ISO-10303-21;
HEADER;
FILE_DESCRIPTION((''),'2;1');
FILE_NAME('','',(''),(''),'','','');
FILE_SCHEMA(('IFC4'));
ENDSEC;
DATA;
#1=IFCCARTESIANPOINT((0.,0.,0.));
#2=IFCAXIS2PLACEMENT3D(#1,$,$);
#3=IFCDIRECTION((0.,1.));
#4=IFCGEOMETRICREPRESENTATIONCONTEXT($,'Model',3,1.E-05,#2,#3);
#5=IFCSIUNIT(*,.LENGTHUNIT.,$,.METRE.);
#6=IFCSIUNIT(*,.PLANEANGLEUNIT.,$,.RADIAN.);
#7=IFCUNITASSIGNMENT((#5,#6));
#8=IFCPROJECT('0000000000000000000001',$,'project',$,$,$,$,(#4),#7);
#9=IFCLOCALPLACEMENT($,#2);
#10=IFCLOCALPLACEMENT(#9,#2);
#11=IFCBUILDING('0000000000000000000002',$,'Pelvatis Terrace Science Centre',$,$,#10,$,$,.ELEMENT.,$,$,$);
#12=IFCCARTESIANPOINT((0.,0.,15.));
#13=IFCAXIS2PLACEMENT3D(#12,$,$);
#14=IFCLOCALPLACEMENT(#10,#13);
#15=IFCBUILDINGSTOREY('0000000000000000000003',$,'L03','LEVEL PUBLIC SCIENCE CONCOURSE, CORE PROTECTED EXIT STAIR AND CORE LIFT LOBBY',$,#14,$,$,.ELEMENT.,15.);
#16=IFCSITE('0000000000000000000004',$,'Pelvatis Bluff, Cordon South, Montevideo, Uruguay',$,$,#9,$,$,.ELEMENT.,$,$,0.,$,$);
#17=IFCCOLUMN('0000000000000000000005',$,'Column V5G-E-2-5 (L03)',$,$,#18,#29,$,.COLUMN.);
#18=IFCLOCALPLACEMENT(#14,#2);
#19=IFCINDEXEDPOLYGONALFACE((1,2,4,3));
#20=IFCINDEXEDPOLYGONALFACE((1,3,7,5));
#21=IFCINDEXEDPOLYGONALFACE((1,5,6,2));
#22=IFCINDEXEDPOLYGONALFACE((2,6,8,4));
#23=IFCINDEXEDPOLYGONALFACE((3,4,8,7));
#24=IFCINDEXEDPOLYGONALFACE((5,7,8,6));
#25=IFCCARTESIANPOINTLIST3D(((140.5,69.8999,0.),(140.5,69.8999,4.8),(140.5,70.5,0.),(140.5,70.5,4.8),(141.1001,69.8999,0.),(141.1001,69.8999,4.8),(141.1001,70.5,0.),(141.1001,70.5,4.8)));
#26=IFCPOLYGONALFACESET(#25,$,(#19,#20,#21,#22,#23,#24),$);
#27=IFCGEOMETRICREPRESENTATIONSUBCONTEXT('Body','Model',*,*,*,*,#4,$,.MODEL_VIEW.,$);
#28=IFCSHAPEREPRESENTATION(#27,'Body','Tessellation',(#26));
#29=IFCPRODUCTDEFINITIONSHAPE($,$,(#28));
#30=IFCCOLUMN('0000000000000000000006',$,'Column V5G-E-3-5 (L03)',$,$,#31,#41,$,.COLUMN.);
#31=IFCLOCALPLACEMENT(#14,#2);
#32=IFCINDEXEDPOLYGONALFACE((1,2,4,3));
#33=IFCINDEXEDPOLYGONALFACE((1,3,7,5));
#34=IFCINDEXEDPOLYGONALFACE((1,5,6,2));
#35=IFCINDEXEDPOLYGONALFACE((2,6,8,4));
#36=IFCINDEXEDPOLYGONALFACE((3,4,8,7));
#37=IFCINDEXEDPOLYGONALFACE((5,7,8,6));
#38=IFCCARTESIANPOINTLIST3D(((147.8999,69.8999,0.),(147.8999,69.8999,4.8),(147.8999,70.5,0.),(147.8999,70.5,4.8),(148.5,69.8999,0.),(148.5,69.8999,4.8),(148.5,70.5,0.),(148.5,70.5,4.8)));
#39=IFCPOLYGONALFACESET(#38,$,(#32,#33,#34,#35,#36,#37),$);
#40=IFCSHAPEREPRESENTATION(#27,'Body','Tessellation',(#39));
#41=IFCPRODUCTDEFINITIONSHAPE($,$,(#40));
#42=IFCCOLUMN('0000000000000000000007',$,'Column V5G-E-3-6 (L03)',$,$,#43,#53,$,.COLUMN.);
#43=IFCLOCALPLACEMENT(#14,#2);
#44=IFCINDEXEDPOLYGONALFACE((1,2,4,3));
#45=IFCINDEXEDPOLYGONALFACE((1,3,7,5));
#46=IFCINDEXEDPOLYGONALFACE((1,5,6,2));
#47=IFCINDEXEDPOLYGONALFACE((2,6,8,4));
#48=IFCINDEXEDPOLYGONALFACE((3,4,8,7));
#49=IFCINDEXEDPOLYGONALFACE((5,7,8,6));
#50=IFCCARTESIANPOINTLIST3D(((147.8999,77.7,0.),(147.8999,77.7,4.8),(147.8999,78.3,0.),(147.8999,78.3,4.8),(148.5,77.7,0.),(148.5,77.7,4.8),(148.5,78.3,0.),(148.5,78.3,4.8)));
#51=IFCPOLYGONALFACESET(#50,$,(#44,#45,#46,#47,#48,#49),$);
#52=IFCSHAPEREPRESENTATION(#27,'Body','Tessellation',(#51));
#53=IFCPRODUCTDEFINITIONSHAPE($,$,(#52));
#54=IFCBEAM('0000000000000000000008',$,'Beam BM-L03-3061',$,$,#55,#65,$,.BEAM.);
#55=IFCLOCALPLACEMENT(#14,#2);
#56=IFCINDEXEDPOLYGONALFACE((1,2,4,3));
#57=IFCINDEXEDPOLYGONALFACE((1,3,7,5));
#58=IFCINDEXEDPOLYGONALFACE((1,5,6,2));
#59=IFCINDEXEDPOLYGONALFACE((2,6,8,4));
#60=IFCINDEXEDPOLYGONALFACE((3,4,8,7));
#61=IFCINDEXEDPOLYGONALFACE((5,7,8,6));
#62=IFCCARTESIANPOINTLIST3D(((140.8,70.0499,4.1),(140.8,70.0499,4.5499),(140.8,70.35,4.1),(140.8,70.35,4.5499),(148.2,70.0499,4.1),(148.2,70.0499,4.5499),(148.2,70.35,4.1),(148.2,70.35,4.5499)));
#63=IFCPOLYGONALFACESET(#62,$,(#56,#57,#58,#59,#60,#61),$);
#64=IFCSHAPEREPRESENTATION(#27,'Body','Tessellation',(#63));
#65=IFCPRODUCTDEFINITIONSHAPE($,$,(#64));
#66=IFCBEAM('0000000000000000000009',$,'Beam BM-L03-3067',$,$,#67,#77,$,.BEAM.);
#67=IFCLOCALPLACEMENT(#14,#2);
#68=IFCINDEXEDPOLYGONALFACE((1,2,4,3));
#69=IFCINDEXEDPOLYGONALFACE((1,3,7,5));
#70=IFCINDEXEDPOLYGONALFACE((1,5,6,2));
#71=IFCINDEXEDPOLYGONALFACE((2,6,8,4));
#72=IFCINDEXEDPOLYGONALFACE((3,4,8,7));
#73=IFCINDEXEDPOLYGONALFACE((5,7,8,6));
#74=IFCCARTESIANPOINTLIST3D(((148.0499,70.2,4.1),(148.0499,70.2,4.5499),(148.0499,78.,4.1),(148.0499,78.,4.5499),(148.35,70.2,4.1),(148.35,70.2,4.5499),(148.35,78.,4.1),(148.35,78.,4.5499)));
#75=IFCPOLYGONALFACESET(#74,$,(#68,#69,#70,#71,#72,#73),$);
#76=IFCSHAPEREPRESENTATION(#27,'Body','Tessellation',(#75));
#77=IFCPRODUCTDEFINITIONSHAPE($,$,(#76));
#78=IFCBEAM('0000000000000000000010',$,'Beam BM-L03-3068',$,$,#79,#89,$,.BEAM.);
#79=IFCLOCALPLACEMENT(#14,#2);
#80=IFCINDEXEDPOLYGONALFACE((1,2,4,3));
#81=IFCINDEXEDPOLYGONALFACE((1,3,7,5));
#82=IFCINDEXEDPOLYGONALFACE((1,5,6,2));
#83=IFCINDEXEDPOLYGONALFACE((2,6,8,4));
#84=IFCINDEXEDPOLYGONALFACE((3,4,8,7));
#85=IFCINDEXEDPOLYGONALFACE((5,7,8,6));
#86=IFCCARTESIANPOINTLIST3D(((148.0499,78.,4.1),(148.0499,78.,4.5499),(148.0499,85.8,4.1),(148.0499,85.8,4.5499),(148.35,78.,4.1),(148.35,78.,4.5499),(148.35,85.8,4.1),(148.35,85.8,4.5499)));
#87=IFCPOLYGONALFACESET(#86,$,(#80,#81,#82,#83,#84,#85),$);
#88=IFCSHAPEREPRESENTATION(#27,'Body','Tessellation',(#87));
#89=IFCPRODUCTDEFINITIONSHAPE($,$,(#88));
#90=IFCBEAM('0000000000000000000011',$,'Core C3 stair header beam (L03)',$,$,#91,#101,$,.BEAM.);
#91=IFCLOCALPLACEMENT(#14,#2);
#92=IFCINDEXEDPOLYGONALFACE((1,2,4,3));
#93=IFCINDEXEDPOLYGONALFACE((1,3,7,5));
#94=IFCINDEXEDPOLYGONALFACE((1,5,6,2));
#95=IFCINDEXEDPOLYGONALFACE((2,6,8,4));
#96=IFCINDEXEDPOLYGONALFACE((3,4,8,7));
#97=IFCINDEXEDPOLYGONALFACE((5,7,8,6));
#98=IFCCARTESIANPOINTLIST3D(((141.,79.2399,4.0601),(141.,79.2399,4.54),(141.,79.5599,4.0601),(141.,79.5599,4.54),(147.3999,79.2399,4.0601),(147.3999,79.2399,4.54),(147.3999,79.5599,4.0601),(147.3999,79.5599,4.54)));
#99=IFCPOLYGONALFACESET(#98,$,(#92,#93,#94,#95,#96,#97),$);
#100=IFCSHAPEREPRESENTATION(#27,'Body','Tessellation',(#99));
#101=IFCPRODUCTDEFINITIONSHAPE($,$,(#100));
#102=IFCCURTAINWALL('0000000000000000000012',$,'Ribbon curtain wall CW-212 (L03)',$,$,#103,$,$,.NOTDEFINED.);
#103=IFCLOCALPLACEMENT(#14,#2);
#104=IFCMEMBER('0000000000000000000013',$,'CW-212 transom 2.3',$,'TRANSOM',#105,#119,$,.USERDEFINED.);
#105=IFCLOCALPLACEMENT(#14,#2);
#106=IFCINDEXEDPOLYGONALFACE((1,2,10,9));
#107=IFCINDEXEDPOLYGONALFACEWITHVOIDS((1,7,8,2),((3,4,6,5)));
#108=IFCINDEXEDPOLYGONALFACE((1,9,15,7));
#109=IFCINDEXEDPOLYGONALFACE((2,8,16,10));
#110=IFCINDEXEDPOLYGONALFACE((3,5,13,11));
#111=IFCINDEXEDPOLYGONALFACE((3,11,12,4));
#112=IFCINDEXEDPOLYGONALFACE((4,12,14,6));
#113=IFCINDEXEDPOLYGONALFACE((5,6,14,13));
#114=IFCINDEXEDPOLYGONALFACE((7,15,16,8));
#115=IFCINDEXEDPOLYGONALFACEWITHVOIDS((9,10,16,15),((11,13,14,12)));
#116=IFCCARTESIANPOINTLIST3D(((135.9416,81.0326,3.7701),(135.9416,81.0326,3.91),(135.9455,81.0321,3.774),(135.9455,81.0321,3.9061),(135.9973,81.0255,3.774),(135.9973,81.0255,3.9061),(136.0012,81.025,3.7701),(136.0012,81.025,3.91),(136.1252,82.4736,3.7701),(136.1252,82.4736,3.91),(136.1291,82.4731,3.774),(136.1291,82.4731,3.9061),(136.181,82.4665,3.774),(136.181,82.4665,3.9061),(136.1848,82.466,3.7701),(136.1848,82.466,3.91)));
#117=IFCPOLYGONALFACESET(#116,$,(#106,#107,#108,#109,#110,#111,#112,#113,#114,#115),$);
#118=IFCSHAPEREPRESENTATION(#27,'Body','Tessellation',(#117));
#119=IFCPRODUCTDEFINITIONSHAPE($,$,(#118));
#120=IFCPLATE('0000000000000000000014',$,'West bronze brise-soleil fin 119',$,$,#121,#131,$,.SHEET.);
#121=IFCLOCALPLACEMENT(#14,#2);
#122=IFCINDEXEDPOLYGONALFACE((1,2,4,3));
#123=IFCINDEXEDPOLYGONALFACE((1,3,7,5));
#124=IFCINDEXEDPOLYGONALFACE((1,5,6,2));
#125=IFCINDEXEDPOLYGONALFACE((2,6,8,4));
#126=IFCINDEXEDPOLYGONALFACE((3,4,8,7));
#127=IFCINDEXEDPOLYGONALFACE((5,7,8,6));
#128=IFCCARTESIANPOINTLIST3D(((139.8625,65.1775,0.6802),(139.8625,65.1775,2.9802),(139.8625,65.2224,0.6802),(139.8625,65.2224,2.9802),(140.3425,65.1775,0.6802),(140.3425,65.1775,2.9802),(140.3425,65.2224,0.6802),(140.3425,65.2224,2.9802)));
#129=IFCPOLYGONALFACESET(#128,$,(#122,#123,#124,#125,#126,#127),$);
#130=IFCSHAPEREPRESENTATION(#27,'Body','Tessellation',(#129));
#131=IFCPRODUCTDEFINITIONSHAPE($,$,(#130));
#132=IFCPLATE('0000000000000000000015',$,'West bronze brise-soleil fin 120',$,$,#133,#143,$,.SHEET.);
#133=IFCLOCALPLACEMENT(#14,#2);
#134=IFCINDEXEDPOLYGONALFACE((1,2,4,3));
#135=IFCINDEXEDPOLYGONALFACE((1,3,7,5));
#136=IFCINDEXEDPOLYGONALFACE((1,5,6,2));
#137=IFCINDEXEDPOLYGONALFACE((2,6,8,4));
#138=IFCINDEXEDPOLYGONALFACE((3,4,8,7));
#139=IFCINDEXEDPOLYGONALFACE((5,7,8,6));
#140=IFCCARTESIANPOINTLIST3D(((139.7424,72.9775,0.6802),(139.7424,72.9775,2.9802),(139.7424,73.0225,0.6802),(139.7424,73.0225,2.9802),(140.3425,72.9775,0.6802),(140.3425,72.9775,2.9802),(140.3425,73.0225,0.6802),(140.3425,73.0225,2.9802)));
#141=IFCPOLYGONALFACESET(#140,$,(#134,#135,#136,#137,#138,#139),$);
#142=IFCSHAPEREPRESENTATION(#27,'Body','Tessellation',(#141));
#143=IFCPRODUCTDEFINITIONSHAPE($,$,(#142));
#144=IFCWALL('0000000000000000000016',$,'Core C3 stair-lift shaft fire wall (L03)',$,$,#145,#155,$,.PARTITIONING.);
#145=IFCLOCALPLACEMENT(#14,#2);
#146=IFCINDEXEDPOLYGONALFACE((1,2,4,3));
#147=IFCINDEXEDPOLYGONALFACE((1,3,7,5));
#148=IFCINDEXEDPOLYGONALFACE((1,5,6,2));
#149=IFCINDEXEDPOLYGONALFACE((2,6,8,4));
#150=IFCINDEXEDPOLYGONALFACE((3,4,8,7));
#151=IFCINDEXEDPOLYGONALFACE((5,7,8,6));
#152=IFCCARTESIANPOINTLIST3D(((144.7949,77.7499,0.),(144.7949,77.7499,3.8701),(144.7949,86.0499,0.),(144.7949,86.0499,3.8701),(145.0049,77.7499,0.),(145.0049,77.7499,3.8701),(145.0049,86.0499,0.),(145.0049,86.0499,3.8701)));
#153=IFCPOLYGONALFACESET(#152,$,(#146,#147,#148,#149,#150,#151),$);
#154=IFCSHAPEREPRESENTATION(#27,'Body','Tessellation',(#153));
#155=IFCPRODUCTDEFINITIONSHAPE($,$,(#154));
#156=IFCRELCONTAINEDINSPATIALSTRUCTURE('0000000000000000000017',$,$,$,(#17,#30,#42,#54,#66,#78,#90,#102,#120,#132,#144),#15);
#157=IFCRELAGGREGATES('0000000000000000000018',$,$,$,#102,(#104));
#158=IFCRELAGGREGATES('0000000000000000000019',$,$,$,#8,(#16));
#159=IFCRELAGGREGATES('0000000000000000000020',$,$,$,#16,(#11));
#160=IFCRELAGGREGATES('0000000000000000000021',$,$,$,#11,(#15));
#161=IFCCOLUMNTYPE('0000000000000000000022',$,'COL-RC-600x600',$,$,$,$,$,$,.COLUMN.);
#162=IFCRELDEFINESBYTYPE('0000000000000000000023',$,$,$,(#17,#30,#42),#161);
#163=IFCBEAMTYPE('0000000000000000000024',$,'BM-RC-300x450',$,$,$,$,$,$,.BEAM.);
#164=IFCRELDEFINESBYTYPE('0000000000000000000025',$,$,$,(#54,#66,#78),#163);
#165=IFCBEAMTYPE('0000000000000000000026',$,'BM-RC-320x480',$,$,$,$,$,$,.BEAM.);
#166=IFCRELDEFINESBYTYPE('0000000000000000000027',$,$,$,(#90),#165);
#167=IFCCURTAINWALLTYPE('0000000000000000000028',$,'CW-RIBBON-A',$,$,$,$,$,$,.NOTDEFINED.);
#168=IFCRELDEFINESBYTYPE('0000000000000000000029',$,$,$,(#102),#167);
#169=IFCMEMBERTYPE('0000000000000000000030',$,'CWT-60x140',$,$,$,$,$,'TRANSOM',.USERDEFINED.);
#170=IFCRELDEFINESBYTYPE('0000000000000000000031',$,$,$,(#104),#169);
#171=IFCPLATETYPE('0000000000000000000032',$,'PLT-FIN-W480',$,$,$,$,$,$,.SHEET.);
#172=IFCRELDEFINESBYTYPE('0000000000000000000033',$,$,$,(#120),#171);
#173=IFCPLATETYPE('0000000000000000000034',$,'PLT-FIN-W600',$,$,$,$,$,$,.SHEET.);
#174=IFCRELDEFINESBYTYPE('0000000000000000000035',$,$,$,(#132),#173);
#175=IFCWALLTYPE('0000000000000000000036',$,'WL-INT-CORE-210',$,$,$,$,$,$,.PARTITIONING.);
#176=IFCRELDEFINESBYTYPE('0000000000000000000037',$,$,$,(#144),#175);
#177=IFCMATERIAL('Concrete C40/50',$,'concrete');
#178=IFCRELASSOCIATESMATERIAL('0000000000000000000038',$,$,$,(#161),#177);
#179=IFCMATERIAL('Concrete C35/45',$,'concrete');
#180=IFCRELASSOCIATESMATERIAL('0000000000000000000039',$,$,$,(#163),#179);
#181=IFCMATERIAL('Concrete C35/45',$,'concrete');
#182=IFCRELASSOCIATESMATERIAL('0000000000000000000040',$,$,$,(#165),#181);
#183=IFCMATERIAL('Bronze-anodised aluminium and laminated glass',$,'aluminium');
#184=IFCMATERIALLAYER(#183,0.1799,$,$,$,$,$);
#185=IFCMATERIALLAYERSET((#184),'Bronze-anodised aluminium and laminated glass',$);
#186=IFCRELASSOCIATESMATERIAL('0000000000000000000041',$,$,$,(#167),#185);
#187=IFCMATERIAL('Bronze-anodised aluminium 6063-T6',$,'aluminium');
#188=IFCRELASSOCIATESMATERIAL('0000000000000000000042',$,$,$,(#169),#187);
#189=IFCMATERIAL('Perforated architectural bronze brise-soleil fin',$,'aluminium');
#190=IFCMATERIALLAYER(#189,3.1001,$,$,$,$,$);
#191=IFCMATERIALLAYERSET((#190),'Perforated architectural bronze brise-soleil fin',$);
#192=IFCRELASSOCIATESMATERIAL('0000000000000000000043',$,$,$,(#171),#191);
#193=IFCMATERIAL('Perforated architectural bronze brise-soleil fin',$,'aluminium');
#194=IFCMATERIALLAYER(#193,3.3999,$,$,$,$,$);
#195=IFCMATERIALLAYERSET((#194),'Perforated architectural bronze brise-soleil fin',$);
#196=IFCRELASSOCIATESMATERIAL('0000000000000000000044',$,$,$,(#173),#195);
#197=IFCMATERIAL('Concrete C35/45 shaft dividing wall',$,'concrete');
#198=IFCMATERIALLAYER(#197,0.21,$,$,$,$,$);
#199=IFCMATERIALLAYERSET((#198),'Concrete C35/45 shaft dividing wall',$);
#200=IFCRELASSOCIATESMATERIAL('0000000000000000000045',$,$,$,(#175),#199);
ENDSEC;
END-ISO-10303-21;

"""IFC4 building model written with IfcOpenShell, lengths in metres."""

from ifc_helpers import new_model, si_unit, direction, frame, frame_2d, origin, origin_2d, place, context, subcontext, project, spatial, rectangle, hollow_rectangle, extrude, material, layer, layer_set, material_profile, profile_set, type_object, element, aggregate, save


model = new_model("IFC4")

# Units and contexts
model_context = context("Model", 3, precision=1e-05, world=origin(), true_north=direction((0.0, 1.0)))
body_context = subcontext(model_context, "Body", "Model", "MODEL_VIEW")
ifc_project = project(units=[si_unit("LENGTHUNIT", "METRE"), si_unit("PLANEANGLEUNIT", "RADIAN")], contexts=[model_context])

# Site, building, storey
site_placement = place(None, origin())
site = spatial("IfcSite", under=ifc_project, at=site_placement, Name="Pelvatis Bluff, Cordon South, Montevideo, Uruguay", CompositionType="ELEMENT", RefElevation=0.0)
building_placement = place(site_placement, origin())
building = spatial("IfcBuilding", under=site, at=building_placement, Name="Pelvatis Terrace Science Centre", CompositionType="ELEMENT")
storey_placement = place(building_placement, frame((0.0, 0.0, 15.0)))
storey = spatial("IfcBuildingStorey", under=building, at=storey_placement, Name="L03", Description="LEVEL PUBLIC SCIENCE CONCOURSE, CORE PROTECTED EXIT STAIR AND CORE LIFT LOBBY", CompositionType="ELEMENT", Elevation=15.0)

# Columns
ifc_material_1 = material(Name="Concrete C40/50", Category="concrete")
ifc_material_profile_1 = material_profile(ifc_material_1, rectangle(XDim=0.6001, YDim=0.6001, at=origin_2d()), Name="RC-COL 600x600")
ifc_profile_set_1 = profile_set([ifc_material_profile_1], Name="Concrete C40/50")
column_type = type_object("IfcColumnType", Name="COL-RC-600x600", PredefinedType="COLUMN", material=ifc_profile_set_1)
for number, where, z_axis, x_axis, name in (
    (1, (140.8, 70.2, 0.0), (0.0, 0.0, 1.0), (1.0, 0.0, 0.0), "Column V5G-E-2-5 (L03)"),
    (2, (148.2, 70.2, 0.0), (0.0, 0.0, 1.0), (1.0, 0.0, 0.0), "Column V5G-E-3-5 (L03)"),
    (3, (148.2, 78.0, 0.0), (0.0, 0.0, 1.0), (1.0, 0.0, 0.0), "Column V5G-E-3-6 (L03)"),
):
    element("IfcColumn", number, at=place(storey_placement, frame(where, z_axis=z_axis, x_axis=x_axis)), inside=storey, type_object=column_type, Name=name, PredefinedType="COLUMN", context=body_context, shape_type="SweptSolid", body=[
        extrude(rectangle(XDim=0.6001, YDim=0.6001, at=origin_2d()), origin(), (0.0, 0.0, 1.0), 4.8),
    ])

# Beams
ifc_material_2 = material(Name="Concrete C35/45", Category="concrete")
ifc_material_profile_2 = material_profile(ifc_material_2, rectangle(XDim=0.3, YDim=0.45, at=origin_2d()), Name="RC-BM 300x450")
ifc_profile_set_2 = profile_set([ifc_material_profile_2], Name="Concrete C35/45")
beam_type_1 = type_object("IfcBeamType", Name="BM-RC-300x450", PredefinedType="BEAM", material=ifc_profile_set_2)
beam_1_placement = place(storey_placement, frame((140.8, 70.2, 4.325), z_axis=(1.0, 0.0, 0.0), x_axis=(0.0, 1.0, 0.0)))
element("IfcBeam", 4, at=beam_1_placement, inside=storey, type_object=beam_type_1, Name="Beam BM-L03-3061", PredefinedType="BEAM", context=body_context, shape_type="SweptSolid", body=[
    extrude(rectangle(XDim=0.3, YDim=0.45, at=origin_2d()), origin(), (0.0, 0.0, 1.0), 7.3999),
])
for number, where, z_axis, x_axis, name in (
    (5, (148.2, 70.2, 4.325), (0.0, 1.0, 0.0), (-1.0, 0.0, 0.0), "Beam BM-L03-3067"),
    (6, (148.2, 78.0, 4.325), (0.0, 1.0, 0.0), (-1.0, 0.0, 0.0), "Beam BM-L03-3068"),
):
    element("IfcBeam", number, at=place(storey_placement, frame(where, z_axis=z_axis, x_axis=x_axis)), inside=storey, type_object=beam_type_1, Name=name, PredefinedType="BEAM", context=body_context, shape_type="SweptSolid", body=[
        extrude(rectangle(XDim=0.3, YDim=0.45, at=origin_2d()), origin(), (0.0, 0.0, 1.0), 7.8),
    ])
ifc_material_3 = material(Name="Concrete C35/45", Category="concrete")
ifc_material_profile_3 = material_profile(ifc_material_3, rectangle(XDim=0.3201, YDim=0.48, at=origin_2d()), Name="RC-BM 320x480")
ifc_profile_set_3 = profile_set([ifc_material_profile_3], Name="Concrete C35/45")
beam_type_2 = type_object("IfcBeamType", Name="BM-RC-320x480", PredefinedType="BEAM", material=ifc_profile_set_3)
beam_2_placement = place(storey_placement, frame((141.0, 79.3999, 4.3), z_axis=(1.0, 0.0, 0.0), x_axis=(0.0, 1.0, 0.0)))
element("IfcBeam", 7, at=beam_2_placement, inside=storey, type_object=beam_type_2, Name="Core C3 stair header beam (L03)", PredefinedType="BEAM", context=body_context, shape_type="SweptSolid", body=[
    extrude(rectangle(XDim=0.3201, YDim=0.48, at=origin_2d()), origin(), (0.0, 0.0, 1.0), 6.3999),
])

# Curtain wall, member
ifc_material_4 = material(Name="Bronze-anodised aluminium and laminated glass", Category="aluminium")
ifc_layer_1 = layer(ifc_material_4, 0.1799)
ifc_layer_set_1 = layer_set([ifc_layer_1], Name="Bronze-anodised aluminium and laminated glass")
curtain_wall_type = type_object("IfcCurtainWallType", Name="CW-RIBBON-A", PredefinedType="NOTDEFINED", material=ifc_layer_set_1)
curtain_wall_placement = place(storey_placement, origin())
curtain_wall = element("IfcCurtainWall", 8, at=curtain_wall_placement, inside=storey, type_object=curtain_wall_type, Name="Ribbon curtain wall CW-212 (L03)", PredefinedType="NOTDEFINED")
ifc_material_5 = material(Name="Bronze-anodised aluminium 6063-T6", Category="aluminium")
ifc_material_profile_4 = material_profile(ifc_material_5, hollow_rectangle(XDim=0.0601, YDim=0.1399, WallThickness=0.0039, at=origin_2d()), Name="ALU-TRN 60x140")
ifc_profile_set_4 = profile_set([ifc_material_profile_4], Name="Bronze-anodised aluminium 6063-T6")
member_type = type_object("IfcMemberType", Name="CWT-60x140", ElementType="TRANSOM", PredefinedType="USERDEFINED", material=ifc_profile_set_4)
member_placement = place(storey_placement, frame((135.9714, 81.0288, 3.8401), z_axis=(0.126393, 0.99198, 0.0), x_axis=(-0.99198, 0.126393, 0.0)))
member = element("IfcMember", 9, at=member_placement, type_object=member_type, Name="CW-212 transom 2.3", ObjectType="TRANSOM", PredefinedType="USERDEFINED", context=body_context, shape_type="SweptSolid", body=[
    extrude(hollow_rectangle(XDim=0.0601, YDim=0.1399, WallThickness=0.0039, at=origin_2d()), origin(), (0.0, 0.0, 1.0), 1.4526),
])
aggregate(curtain_wall, [member])

# Plates
ifc_material_6 = material(Name="Perforated architectural bronze brise-soleil fin", Category="aluminium")
ifc_layer_2 = layer(ifc_material_6, 3.1001)
ifc_layer_set_2 = layer_set([ifc_layer_2], Name="Perforated architectural bronze brise-soleil fin")
plate_type_1 = type_object("IfcPlateType", Name="PLT-FIN-W480", PredefinedType="SHEET", material=ifc_layer_set_2)
plate_1_placement = place(storey_placement, frame((140.1025, 65.2, 0.6802), z_axis=(0.0, 0.0, 1.0), x_axis=(1.0, 0.0, 0.0)))
element("IfcPlate", 10, at=plate_1_placement, inside=storey, type_object=plate_type_1, Name="West bronze brise-soleil fin 119", PredefinedType="SHEET", context=body_context, shape_type="SweptSolid", body=[
    extrude(rectangle(XDim=0.48, YDim=0.0449, at=origin_2d()), origin(), (0.0, 0.0, 1.0), 2.3),
])
ifc_material_7 = material(Name="Perforated architectural bronze brise-soleil fin", Category="aluminium")
ifc_layer_3 = layer(ifc_material_7, 3.3999)
ifc_layer_set_3 = layer_set([ifc_layer_3], Name="Perforated architectural bronze brise-soleil fin")
plate_type_2 = type_object("IfcPlateType", Name="PLT-FIN-W600", PredefinedType="SHEET", material=ifc_layer_set_3)
plate_2_placement = place(storey_placement, frame((140.0425, 73.0, 0.6802), z_axis=(0.0, 0.0, 1.0), x_axis=(1.0, 0.0, 0.0)))
element("IfcPlate", 11, at=plate_2_placement, inside=storey, type_object=plate_type_2, Name="West bronze brise-soleil fin 120", PredefinedType="SHEET", context=body_context, shape_type="SweptSolid", body=[
    extrude(rectangle(XDim=0.6001, YDim=0.0449, at=origin_2d()), origin(), (0.0, 0.0, 1.0), 2.3),
])

# Wall
ifc_material_8 = material(Name="Concrete C35/45 shaft dividing wall", Category="concrete")
ifc_layer_4 = layer(ifc_material_8, 0.21)
ifc_layer_set_4 = layer_set([ifc_layer_4], Name="Concrete C35/45 shaft dividing wall")
wall_type_1 = type_object("IfcWallType", Name="WL-INT-CORE-210", PredefinedType="PARTITIONING", material=ifc_layer_set_4)
wall_1_placement = place(storey_placement, frame((144.8999, 77.75, 0.0), z_axis=(0.0, 0.0, 1.0), x_axis=(0.0, 1.0, 0.0)))
element("IfcWall", 12, at=wall_1_placement, inside=storey, type_object=wall_type_1, Name="Core C3 stair-lift shaft fire wall (L03)", PredefinedType="PARTITIONING", context=body_context, shape_type="SweptSolid", body=[
    extrude(rectangle(XDim=8.3, YDim=0.21, at=frame_2d((4.1499, 0.0))), origin(), (0.0, 0.0, 1.0), 3.8701),
])

save(model, "model.ifc")
